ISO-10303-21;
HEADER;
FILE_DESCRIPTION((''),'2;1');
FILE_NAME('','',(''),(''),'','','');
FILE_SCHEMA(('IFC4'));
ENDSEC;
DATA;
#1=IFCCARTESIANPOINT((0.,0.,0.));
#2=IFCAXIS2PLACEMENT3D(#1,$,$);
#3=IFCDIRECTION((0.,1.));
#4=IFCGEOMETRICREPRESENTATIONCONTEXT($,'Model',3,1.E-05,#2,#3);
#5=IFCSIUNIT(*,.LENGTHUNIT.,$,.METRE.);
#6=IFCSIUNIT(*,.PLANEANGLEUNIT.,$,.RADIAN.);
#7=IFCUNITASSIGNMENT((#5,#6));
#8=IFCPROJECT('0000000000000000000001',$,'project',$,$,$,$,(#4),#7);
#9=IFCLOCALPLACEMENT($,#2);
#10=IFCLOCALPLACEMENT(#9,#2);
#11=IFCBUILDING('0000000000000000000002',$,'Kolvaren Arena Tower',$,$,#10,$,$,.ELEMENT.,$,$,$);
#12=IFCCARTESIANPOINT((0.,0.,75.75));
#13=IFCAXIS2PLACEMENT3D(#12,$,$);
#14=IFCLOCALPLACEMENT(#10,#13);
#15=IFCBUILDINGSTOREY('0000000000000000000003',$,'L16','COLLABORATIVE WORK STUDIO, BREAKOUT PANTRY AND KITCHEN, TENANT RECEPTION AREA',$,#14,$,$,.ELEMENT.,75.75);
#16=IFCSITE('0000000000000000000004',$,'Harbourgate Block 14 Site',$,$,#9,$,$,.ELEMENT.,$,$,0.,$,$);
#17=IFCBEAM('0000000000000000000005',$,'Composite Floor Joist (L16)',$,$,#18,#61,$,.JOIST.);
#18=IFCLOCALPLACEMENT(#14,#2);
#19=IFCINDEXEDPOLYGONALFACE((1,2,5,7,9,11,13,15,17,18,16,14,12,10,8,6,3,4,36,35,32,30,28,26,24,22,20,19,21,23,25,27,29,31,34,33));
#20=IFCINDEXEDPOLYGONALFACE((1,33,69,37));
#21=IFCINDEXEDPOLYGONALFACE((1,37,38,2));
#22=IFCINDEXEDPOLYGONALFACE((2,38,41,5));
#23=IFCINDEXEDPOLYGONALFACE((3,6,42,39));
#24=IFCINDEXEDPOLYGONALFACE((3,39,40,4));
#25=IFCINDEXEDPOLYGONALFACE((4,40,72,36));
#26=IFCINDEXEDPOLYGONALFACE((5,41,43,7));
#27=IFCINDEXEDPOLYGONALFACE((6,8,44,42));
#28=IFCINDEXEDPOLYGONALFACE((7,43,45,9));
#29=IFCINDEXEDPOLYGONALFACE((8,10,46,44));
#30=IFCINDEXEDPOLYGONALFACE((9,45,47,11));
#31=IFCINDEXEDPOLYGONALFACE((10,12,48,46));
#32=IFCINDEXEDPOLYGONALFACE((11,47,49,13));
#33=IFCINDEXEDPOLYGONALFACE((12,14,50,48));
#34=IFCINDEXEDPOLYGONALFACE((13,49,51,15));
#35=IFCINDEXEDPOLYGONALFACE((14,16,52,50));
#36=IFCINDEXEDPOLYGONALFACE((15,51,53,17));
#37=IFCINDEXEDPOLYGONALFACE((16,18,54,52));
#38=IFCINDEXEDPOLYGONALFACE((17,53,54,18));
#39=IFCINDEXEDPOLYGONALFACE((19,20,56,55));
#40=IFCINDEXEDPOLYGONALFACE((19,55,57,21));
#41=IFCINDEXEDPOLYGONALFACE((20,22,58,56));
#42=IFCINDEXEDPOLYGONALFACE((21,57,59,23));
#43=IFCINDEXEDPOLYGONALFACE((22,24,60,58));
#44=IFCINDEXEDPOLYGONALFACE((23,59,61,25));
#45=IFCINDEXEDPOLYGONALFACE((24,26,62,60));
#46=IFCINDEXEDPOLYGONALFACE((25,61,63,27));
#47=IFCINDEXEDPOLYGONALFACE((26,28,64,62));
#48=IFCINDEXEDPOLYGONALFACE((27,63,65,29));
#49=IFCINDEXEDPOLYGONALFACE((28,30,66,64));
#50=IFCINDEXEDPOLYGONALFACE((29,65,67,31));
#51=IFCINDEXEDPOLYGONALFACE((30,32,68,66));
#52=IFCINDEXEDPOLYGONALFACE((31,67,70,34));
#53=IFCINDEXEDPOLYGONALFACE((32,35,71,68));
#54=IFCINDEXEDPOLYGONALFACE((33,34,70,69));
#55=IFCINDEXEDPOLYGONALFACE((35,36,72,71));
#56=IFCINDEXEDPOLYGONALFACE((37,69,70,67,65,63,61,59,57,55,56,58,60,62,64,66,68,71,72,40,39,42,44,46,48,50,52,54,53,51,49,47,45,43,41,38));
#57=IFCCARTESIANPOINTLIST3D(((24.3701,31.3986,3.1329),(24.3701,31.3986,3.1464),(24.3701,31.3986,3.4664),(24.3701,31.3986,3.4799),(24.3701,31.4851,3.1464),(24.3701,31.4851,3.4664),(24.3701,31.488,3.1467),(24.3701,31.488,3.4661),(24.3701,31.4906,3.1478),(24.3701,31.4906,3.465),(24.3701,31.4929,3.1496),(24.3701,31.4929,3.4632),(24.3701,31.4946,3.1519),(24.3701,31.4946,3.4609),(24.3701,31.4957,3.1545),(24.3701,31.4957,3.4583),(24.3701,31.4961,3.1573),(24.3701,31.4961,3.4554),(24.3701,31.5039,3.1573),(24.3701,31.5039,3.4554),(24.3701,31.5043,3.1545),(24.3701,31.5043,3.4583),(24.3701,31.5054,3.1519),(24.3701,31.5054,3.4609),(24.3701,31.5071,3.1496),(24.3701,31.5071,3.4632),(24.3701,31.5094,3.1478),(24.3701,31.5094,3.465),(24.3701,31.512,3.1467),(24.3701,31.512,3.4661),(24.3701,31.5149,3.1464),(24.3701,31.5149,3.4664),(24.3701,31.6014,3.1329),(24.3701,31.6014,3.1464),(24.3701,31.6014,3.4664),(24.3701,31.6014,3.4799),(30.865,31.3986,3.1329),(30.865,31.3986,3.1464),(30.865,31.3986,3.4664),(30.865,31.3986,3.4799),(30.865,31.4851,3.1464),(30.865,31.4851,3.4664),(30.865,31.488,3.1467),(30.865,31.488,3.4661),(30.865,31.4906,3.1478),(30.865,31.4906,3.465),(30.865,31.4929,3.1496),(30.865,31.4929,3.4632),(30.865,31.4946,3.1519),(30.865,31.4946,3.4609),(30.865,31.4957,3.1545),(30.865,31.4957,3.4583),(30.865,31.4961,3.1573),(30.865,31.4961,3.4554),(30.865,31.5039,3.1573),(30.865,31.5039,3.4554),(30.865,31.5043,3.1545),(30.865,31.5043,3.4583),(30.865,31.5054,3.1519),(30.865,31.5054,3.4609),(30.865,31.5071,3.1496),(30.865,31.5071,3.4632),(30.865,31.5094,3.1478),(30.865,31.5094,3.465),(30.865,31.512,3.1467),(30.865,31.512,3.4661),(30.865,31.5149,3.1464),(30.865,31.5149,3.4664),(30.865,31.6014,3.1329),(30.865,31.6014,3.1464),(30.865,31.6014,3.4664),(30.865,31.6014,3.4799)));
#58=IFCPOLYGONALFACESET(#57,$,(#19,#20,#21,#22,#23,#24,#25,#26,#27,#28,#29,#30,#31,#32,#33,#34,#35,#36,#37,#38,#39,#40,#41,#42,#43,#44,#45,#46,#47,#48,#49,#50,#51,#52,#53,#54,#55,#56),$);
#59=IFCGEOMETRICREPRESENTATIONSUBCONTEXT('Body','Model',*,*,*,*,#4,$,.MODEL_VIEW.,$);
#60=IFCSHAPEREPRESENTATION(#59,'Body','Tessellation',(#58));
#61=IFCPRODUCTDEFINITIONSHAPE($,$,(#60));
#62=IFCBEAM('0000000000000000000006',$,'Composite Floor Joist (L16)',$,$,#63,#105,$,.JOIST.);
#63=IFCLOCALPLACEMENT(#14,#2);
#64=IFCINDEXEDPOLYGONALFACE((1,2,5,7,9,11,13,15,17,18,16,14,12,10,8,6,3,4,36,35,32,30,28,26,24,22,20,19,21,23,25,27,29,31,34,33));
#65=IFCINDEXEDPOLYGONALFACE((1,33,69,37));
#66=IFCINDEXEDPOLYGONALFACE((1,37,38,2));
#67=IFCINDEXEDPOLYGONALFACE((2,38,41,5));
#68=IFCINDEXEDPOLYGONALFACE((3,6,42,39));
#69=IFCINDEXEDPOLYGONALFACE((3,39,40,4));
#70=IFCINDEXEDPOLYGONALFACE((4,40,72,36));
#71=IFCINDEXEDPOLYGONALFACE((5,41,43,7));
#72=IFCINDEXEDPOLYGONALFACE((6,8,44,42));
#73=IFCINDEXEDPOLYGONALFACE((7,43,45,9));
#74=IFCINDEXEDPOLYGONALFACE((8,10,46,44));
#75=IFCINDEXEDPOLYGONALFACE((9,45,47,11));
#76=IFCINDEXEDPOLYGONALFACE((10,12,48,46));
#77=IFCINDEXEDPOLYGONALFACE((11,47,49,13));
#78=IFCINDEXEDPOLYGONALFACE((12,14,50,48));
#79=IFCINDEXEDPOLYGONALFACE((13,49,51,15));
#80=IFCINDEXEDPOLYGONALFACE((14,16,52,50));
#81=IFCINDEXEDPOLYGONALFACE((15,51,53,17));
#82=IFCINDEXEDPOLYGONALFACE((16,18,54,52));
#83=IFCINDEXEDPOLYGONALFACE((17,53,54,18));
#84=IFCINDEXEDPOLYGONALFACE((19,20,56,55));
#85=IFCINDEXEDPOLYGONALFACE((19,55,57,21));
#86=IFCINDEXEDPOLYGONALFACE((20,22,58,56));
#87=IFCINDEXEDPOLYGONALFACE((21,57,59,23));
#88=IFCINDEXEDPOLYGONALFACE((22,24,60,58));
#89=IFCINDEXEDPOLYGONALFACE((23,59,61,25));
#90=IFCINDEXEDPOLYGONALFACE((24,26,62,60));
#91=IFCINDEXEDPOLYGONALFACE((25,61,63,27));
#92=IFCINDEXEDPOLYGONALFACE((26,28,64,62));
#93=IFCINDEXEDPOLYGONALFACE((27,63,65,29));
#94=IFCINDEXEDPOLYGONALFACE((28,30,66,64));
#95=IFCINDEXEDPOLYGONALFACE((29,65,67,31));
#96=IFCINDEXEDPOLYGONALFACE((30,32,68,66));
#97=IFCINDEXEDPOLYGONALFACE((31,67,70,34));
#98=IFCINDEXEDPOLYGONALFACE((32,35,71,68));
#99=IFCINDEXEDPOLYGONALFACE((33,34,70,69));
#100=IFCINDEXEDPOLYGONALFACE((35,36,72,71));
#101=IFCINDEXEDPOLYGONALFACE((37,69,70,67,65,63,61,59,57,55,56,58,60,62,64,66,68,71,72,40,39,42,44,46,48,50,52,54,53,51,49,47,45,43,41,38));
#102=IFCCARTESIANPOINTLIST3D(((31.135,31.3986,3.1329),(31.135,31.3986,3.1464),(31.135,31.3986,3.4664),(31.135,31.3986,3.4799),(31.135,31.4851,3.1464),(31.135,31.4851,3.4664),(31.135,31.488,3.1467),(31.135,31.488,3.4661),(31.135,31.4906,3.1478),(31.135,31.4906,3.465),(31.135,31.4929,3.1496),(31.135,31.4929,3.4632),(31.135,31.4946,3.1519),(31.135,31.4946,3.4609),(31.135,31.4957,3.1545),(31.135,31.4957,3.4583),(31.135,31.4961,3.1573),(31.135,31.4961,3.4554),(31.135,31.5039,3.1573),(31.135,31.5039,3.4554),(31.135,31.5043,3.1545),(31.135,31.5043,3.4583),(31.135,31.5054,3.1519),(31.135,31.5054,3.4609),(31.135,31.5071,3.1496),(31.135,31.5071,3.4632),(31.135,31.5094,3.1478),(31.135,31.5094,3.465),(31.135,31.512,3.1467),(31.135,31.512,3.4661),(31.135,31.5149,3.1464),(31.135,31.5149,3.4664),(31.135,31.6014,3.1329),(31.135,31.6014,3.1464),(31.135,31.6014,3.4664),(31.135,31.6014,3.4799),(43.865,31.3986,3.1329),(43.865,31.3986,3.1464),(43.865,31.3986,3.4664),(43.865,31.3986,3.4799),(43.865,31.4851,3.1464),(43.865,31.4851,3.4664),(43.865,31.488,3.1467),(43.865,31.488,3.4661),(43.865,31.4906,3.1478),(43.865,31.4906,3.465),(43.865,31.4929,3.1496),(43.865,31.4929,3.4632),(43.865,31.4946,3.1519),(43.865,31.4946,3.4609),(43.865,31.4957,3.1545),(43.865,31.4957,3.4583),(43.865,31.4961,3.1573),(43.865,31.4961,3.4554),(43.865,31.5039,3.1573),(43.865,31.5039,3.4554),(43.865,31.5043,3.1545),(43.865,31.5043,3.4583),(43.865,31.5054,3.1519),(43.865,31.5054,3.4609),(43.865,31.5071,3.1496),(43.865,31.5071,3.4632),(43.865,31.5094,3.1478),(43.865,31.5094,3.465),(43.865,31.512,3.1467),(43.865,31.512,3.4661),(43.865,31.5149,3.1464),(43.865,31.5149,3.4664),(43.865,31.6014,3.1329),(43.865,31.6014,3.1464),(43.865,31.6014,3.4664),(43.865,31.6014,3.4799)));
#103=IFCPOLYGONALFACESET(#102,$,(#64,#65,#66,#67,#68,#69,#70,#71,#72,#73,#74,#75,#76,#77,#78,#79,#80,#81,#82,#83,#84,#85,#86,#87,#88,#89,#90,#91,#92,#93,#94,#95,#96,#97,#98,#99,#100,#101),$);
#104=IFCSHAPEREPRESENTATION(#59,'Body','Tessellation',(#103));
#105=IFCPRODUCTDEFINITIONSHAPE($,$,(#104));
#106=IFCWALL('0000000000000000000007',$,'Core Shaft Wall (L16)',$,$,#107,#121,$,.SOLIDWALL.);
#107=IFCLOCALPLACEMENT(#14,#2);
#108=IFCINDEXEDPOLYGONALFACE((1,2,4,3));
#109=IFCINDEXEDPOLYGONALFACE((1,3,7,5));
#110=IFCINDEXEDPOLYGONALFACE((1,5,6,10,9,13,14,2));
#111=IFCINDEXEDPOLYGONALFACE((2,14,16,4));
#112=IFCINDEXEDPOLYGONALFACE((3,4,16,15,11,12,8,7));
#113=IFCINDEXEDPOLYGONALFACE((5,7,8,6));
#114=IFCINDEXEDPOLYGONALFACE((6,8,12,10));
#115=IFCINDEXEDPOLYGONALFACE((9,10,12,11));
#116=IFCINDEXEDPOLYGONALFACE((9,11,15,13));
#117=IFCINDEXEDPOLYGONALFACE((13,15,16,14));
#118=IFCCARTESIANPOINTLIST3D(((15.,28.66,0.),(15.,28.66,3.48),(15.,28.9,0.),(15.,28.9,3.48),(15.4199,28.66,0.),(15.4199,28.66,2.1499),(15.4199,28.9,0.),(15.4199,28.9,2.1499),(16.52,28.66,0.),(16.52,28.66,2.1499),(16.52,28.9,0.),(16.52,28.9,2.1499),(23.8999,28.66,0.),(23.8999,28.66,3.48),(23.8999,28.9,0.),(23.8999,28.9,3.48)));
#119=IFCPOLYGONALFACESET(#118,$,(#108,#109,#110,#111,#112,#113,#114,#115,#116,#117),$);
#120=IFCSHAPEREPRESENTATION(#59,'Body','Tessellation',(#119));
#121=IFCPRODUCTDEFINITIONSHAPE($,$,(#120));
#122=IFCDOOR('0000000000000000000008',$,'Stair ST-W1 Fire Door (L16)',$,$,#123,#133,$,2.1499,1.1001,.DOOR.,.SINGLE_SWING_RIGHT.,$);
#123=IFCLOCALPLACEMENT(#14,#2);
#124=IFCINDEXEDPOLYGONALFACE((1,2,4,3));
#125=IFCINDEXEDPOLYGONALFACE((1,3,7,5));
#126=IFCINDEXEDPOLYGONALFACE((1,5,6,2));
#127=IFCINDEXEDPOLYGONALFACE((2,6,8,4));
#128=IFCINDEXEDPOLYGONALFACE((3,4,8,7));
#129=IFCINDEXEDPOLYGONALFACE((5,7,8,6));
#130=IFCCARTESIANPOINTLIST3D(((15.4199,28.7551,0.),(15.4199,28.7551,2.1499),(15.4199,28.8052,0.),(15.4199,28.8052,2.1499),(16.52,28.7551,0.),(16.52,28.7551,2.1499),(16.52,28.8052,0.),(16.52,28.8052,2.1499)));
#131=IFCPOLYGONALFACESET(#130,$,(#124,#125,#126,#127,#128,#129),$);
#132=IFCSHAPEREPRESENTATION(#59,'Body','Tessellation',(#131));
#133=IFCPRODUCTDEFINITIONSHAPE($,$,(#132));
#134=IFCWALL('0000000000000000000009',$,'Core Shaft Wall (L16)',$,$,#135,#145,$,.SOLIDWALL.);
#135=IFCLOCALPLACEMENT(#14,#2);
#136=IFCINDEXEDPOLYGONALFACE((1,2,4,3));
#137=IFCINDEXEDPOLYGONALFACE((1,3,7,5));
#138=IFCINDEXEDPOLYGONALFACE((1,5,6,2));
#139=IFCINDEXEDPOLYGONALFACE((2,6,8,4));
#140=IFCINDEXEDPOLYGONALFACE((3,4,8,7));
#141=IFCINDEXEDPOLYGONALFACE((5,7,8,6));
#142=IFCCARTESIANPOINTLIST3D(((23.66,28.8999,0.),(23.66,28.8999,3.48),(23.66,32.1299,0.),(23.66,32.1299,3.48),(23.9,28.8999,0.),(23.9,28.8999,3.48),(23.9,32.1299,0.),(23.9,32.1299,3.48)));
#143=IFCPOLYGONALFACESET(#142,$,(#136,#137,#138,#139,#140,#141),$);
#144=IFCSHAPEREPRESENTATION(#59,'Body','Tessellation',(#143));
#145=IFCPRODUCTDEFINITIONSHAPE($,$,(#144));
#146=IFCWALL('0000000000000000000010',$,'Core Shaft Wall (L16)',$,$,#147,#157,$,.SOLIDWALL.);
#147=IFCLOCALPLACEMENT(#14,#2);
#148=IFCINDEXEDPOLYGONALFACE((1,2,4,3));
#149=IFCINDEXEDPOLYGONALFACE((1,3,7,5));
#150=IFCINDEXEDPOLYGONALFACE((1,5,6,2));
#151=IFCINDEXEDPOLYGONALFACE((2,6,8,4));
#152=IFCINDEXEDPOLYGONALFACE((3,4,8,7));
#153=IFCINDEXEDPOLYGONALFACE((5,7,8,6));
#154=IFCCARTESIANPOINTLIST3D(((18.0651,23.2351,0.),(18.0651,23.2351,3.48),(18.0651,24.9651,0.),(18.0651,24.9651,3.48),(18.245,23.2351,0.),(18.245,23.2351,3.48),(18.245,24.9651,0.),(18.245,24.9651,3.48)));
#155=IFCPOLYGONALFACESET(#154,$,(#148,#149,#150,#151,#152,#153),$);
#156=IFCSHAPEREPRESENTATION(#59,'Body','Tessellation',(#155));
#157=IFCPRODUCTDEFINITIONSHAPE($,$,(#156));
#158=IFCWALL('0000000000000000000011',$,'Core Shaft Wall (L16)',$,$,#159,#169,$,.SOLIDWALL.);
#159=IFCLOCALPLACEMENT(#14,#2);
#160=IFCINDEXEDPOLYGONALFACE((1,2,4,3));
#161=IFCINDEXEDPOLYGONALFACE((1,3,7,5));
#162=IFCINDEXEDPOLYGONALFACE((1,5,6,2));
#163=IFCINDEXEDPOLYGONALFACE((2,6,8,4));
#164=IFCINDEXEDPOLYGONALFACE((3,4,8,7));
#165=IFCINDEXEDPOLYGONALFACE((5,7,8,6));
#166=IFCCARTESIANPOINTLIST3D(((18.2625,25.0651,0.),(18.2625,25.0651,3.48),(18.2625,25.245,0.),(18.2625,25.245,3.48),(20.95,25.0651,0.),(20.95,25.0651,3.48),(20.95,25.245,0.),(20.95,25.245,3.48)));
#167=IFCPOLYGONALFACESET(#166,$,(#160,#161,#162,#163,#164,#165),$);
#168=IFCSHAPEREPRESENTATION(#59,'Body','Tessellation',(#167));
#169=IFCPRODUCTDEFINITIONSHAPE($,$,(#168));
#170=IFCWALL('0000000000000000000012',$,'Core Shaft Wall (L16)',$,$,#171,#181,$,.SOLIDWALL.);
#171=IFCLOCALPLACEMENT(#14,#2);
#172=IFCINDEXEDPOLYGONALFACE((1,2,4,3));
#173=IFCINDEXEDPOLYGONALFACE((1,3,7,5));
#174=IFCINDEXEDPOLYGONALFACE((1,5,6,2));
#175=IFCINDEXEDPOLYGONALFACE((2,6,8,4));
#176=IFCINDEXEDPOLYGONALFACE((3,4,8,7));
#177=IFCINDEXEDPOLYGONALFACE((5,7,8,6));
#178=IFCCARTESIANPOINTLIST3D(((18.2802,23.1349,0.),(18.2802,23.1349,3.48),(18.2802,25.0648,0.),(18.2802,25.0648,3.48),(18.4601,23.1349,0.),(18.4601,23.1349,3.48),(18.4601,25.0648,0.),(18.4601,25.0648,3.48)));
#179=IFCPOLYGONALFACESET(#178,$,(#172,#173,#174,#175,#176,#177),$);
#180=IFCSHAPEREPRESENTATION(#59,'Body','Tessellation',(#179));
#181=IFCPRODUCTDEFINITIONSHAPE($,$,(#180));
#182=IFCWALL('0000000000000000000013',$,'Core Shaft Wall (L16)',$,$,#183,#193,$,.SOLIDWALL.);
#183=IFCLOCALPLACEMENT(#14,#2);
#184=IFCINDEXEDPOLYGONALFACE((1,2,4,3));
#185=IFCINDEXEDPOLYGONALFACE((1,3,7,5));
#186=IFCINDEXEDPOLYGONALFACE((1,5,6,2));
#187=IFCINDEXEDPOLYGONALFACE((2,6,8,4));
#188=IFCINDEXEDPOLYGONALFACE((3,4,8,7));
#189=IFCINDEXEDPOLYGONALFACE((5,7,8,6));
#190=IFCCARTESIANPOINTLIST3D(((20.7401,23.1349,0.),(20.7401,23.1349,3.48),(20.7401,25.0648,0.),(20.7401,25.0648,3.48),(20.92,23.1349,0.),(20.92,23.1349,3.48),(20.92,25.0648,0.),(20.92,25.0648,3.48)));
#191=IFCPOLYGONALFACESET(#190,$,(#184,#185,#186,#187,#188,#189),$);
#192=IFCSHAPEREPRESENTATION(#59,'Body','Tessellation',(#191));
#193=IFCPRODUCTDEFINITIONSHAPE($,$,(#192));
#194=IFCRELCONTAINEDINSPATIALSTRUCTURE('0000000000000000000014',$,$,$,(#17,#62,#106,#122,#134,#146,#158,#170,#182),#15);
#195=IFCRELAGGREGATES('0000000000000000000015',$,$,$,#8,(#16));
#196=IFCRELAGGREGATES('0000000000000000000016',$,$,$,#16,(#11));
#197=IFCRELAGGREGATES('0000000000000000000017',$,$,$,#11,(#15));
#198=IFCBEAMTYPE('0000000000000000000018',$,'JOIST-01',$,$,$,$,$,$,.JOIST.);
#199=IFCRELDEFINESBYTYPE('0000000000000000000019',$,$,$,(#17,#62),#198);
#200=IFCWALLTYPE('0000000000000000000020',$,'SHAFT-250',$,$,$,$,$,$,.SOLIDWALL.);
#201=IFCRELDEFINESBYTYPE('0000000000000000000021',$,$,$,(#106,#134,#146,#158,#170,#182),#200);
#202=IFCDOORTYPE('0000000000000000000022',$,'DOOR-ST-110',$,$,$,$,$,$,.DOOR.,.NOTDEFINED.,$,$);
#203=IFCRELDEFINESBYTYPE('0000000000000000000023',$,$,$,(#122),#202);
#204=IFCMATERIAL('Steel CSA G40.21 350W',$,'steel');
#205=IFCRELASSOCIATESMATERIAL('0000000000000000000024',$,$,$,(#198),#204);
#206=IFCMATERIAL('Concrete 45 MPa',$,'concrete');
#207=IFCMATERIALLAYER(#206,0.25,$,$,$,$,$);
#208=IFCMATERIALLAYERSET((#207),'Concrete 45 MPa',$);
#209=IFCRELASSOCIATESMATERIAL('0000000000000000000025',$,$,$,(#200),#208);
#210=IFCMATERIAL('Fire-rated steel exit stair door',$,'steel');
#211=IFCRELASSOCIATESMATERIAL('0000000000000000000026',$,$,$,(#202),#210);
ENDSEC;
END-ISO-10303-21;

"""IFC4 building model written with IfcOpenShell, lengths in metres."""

from ifc_helpers import new_model, si_unit, direction, frame, frame_2d, origin, origin_2d, place, context, subcontext, project, spatial, rectangle, i_section, extrude, material, layer, layer_set, material_profile, profile_set, type_object, element, fill, save


model = new_model("IFC4")

# Units and contexts
model_context = context("Model", 3, precision=1e-05, world=origin(), true_north=direction((0.0, 1.0)))
body_context = subcontext(model_context, "Body", "Model", "MODEL_VIEW")
ifc_project = project(units=[si_unit("LENGTHUNIT", "METRE"), si_unit("PLANEANGLEUNIT", "RADIAN")], contexts=[model_context])

# Site, building, storey
site_placement = place(None, origin())
site = spatial("IfcSite", under=ifc_project, at=site_placement, Name="Harbourgate Block 14 Site", CompositionType="ELEMENT", RefElevation=0.0)
building_placement = place(site_placement, origin())
building = spatial("IfcBuilding", under=site, at=building_placement, Name="Kolvaren Arena Tower", CompositionType="ELEMENT")
storey_placement = place(building_placement, frame((0.0, 0.0, 75.75)))
storey = spatial("IfcBuildingStorey", under=building, at=storey_placement, Name="L16", Description="COLLABORATIVE WORK STUDIO, BREAKOUT PANTRY AND KITCHEN, TENANT RECEPTION AREA", CompositionType="ELEMENT", Elevation=75.75)

# Beams
ifc_material_1 = material(Name="Steel CSA G40.21 350W", Category="steel")
ifc_material_profile_1 = material_profile(ifc_material_1, i_section(OverallWidth=0.2029, OverallDepth=0.3469, WebThickness=0.0078, FlangeThickness=0.0134, FilletRadius=0.011, at=origin_2d()), Name="W360x64")
ifc_profile_set_1 = profile_set([ifc_material_profile_1], Name="Steel CSA G40.21 350W")
beam_type_1 = type_object("IfcBeamType", Name="JOIST-01", PredefinedType="JOIST", material=ifc_profile_set_1)
for number, where, z_axis, x_axis, name in (
    (1, (24.3701, 31.5, 3.3064), (1.0, 0.0, 0.0), (0.0, 1.0, 0.0), "Composite Floor Joist (L16)"),
):
    element("IfcBeam", number, at=place(storey_placement, frame(where, z_axis=z_axis, x_axis=x_axis)), inside=storey, type_object=beam_type_1, Name=name, PredefinedType="JOIST", context=body_context, shape_type="SweptSolid", body=[
        extrude(i_section(OverallWidth=0.2029, OverallDepth=0.3469, WebThickness=0.0078, FlangeThickness=0.0134, FilletRadius=0.011, at=origin_2d()), origin(), (0.0, 0.0, 1.0), 6.4949),
    ])
beam_1_placement = place(storey_placement, frame((31.135, 31.5, 3.3064), z_axis=(1.0, 0.0, 0.0), x_axis=(0.0, 1.0, 0.0)))
element("IfcBeam", 2, at=beam_1_placement, inside=storey, type_object=beam_type_1, Name="Composite Floor Joist (L16)", PredefinedType="JOIST", context=body_context, shape_type="SweptSolid", body=[
    extrude(i_section(OverallWidth=0.2029, OverallDepth=0.3469, WebThickness=0.0078, FlangeThickness=0.0134, FilletRadius=0.011, at=origin_2d()), origin(), (0.0, 0.0, 1.0), 12.73),
])

# Wall, opening, door
ifc_material_2 = material(Name="Concrete 45 MPa", Category="concrete")
ifc_layer = layer(ifc_material_2, 0.25)
ifc_layer_set = layer_set([ifc_layer], Name="Concrete 45 MPa")
wall_type = type_object("IfcWallType", Name="SHAFT-250", PredefinedType="SOLIDWALL", material=ifc_layer_set)
wall_1_placement = place(storey_placement, frame((23.8999, 28.78, 0.0), z_axis=(0.0, 0.0, 1.0), x_axis=(-1.0, 0.0, 0.0)))
wall_1 = element("IfcWall", 3, at=wall_1_placement, inside=storey, type_object=wall_type, Name="Core Shaft Wall (L16)", PredefinedType="SOLIDWALL", context=body_context, shape_type="SweptSolid", body=[
    extrude(rectangle(XDim=8.8999, YDim=0.24, at=frame_2d((4.45, 0.0))), origin(), (0.0, 0.0, 1.0), 3.48),
])
opening_placement = place(wall_1_placement, frame((7.3799, 0.0, 0.0)))
opening = element("IfcOpeningElement", 4, at=opening_placement, cuts=wall_1, PredefinedType="OPENING", context=body_context, shape_type="SweptSolid", body=[
    extrude(rectangle(XDim=1.1001, YDim=2.1499, at=frame_2d((0.55, 1.075))), frame((0.0, 0.1299, 0.0), z_axis=(0.0, -1.0, 0.0), x_axis=(1.0, 0.0, 0.0)), (0.0, 0.0, 1.0), 0.26),
])
ifc_material_3 = material(Name="Fire-rated steel exit stair door", Category="steel")
door_type = type_object("IfcDoorType", Name="DOOR-ST-110", OperationType="NOTDEFINED", PredefinedType="DOOR", material=ifc_material_3)
door_placement = place(opening_placement, origin())
door = element("IfcDoor", 5, at=door_placement, inside=storey, type_object=door_type, Name="Stair ST-W1 Fire Door (L16)", OperationType="SINGLE_SWING_RIGHT", OverallHeight=2.1499, OverallWidth=1.1001, PredefinedType="DOOR", context=body_context, shape_type="SweptSolid", body=[
    extrude(rectangle(XDim=1.1001, YDim=2.1499, at=frame_2d((0.55, 1.075))), frame((0.0, 0.0249, 0.0), z_axis=(0.0, -1.0, 0.0), x_axis=(1.0, 0.0, 0.0)), (0.0, 0.0, 1.0), 0.05),
])
fill(opening, door)

# Walls
wall_2_placement = place(storey_placement, frame((23.78, 28.8999, 0.0), z_axis=(0.0, 0.0, 1.0), x_axis=(0.0, 1.0, 0.0)))
element("IfcWall", 6, at=wall_2_placement, inside=storey, type_object=wall_type, Name="Core Shaft Wall (L16)", PredefinedType="SOLIDWALL", context=body_context, shape_type="SweptSolid", body=[
    extrude(rectangle(XDim=3.23, YDim=0.24, at=frame_2d((1.615, 0.0))), origin(), (0.0, 0.0, 1.0), 3.48),
])
wall_3_placement = place(storey_placement, frame((18.155, 23.2351, 0.0), z_axis=(0.0, 0.0, 1.0), x_axis=(0.0, 1.0, 0.0)))
element("IfcWall", 7, at=wall_3_placement, inside=storey, type_object=wall_type, Name="Core Shaft Wall (L16)", PredefinedType="SOLIDWALL", context=body_context, shape_type="SweptSolid", body=[
    extrude(rectangle(XDim=1.73, YDim=0.1799, at=frame_2d((0.865, 0.0))), origin(), (0.0, 0.0, 1.0), 3.48),
])
wall_4_placement = place(storey_placement, frame((18.2625, 25.155, 0.0), z_axis=(0.0, 0.0, 1.0), x_axis=(1.0, 0.0, 0.0)))
element("IfcWall", 8, at=wall_4_placement, inside=storey, type_object=wall_type, Name="Core Shaft Wall (L16)", PredefinedType="SOLIDWALL", context=body_context, shape_type="SweptSolid", body=[
    extrude(rectangle(XDim=2.6875, YDim=0.1799, at=frame_2d((1.3438, 0.0))), origin(), (0.0, 0.0, 1.0), 3.48),
])
for number, where, z_axis, x_axis, name in (
    (9, (18.3701, 23.135, 0.0), (0.0, 0.0, 1.0), (0.0, 1.0, 0.0), "Core Shaft Wall (L16)"),
    (10, (20.8301, 23.135, 0.0), (0.0, 0.0, 1.0), (0.0, 1.0, 0.0), "Core Shaft Wall (L16)"),
):
    element("IfcWall", number, at=place(storey_placement, frame(where, z_axis=z_axis, x_axis=x_axis)), inside=storey, type_object=wall_type, Name=name, PredefinedType="SOLIDWALL", context=body_context, shape_type="SweptSolid", body=[
        extrude(rectangle(XDim=1.9299, YDim=0.1799, at=frame_2d((0.9648, 0.0))), origin(), (0.0, 0.0, 1.0), 3.48),
    ])

save(model, "model.ifc")
